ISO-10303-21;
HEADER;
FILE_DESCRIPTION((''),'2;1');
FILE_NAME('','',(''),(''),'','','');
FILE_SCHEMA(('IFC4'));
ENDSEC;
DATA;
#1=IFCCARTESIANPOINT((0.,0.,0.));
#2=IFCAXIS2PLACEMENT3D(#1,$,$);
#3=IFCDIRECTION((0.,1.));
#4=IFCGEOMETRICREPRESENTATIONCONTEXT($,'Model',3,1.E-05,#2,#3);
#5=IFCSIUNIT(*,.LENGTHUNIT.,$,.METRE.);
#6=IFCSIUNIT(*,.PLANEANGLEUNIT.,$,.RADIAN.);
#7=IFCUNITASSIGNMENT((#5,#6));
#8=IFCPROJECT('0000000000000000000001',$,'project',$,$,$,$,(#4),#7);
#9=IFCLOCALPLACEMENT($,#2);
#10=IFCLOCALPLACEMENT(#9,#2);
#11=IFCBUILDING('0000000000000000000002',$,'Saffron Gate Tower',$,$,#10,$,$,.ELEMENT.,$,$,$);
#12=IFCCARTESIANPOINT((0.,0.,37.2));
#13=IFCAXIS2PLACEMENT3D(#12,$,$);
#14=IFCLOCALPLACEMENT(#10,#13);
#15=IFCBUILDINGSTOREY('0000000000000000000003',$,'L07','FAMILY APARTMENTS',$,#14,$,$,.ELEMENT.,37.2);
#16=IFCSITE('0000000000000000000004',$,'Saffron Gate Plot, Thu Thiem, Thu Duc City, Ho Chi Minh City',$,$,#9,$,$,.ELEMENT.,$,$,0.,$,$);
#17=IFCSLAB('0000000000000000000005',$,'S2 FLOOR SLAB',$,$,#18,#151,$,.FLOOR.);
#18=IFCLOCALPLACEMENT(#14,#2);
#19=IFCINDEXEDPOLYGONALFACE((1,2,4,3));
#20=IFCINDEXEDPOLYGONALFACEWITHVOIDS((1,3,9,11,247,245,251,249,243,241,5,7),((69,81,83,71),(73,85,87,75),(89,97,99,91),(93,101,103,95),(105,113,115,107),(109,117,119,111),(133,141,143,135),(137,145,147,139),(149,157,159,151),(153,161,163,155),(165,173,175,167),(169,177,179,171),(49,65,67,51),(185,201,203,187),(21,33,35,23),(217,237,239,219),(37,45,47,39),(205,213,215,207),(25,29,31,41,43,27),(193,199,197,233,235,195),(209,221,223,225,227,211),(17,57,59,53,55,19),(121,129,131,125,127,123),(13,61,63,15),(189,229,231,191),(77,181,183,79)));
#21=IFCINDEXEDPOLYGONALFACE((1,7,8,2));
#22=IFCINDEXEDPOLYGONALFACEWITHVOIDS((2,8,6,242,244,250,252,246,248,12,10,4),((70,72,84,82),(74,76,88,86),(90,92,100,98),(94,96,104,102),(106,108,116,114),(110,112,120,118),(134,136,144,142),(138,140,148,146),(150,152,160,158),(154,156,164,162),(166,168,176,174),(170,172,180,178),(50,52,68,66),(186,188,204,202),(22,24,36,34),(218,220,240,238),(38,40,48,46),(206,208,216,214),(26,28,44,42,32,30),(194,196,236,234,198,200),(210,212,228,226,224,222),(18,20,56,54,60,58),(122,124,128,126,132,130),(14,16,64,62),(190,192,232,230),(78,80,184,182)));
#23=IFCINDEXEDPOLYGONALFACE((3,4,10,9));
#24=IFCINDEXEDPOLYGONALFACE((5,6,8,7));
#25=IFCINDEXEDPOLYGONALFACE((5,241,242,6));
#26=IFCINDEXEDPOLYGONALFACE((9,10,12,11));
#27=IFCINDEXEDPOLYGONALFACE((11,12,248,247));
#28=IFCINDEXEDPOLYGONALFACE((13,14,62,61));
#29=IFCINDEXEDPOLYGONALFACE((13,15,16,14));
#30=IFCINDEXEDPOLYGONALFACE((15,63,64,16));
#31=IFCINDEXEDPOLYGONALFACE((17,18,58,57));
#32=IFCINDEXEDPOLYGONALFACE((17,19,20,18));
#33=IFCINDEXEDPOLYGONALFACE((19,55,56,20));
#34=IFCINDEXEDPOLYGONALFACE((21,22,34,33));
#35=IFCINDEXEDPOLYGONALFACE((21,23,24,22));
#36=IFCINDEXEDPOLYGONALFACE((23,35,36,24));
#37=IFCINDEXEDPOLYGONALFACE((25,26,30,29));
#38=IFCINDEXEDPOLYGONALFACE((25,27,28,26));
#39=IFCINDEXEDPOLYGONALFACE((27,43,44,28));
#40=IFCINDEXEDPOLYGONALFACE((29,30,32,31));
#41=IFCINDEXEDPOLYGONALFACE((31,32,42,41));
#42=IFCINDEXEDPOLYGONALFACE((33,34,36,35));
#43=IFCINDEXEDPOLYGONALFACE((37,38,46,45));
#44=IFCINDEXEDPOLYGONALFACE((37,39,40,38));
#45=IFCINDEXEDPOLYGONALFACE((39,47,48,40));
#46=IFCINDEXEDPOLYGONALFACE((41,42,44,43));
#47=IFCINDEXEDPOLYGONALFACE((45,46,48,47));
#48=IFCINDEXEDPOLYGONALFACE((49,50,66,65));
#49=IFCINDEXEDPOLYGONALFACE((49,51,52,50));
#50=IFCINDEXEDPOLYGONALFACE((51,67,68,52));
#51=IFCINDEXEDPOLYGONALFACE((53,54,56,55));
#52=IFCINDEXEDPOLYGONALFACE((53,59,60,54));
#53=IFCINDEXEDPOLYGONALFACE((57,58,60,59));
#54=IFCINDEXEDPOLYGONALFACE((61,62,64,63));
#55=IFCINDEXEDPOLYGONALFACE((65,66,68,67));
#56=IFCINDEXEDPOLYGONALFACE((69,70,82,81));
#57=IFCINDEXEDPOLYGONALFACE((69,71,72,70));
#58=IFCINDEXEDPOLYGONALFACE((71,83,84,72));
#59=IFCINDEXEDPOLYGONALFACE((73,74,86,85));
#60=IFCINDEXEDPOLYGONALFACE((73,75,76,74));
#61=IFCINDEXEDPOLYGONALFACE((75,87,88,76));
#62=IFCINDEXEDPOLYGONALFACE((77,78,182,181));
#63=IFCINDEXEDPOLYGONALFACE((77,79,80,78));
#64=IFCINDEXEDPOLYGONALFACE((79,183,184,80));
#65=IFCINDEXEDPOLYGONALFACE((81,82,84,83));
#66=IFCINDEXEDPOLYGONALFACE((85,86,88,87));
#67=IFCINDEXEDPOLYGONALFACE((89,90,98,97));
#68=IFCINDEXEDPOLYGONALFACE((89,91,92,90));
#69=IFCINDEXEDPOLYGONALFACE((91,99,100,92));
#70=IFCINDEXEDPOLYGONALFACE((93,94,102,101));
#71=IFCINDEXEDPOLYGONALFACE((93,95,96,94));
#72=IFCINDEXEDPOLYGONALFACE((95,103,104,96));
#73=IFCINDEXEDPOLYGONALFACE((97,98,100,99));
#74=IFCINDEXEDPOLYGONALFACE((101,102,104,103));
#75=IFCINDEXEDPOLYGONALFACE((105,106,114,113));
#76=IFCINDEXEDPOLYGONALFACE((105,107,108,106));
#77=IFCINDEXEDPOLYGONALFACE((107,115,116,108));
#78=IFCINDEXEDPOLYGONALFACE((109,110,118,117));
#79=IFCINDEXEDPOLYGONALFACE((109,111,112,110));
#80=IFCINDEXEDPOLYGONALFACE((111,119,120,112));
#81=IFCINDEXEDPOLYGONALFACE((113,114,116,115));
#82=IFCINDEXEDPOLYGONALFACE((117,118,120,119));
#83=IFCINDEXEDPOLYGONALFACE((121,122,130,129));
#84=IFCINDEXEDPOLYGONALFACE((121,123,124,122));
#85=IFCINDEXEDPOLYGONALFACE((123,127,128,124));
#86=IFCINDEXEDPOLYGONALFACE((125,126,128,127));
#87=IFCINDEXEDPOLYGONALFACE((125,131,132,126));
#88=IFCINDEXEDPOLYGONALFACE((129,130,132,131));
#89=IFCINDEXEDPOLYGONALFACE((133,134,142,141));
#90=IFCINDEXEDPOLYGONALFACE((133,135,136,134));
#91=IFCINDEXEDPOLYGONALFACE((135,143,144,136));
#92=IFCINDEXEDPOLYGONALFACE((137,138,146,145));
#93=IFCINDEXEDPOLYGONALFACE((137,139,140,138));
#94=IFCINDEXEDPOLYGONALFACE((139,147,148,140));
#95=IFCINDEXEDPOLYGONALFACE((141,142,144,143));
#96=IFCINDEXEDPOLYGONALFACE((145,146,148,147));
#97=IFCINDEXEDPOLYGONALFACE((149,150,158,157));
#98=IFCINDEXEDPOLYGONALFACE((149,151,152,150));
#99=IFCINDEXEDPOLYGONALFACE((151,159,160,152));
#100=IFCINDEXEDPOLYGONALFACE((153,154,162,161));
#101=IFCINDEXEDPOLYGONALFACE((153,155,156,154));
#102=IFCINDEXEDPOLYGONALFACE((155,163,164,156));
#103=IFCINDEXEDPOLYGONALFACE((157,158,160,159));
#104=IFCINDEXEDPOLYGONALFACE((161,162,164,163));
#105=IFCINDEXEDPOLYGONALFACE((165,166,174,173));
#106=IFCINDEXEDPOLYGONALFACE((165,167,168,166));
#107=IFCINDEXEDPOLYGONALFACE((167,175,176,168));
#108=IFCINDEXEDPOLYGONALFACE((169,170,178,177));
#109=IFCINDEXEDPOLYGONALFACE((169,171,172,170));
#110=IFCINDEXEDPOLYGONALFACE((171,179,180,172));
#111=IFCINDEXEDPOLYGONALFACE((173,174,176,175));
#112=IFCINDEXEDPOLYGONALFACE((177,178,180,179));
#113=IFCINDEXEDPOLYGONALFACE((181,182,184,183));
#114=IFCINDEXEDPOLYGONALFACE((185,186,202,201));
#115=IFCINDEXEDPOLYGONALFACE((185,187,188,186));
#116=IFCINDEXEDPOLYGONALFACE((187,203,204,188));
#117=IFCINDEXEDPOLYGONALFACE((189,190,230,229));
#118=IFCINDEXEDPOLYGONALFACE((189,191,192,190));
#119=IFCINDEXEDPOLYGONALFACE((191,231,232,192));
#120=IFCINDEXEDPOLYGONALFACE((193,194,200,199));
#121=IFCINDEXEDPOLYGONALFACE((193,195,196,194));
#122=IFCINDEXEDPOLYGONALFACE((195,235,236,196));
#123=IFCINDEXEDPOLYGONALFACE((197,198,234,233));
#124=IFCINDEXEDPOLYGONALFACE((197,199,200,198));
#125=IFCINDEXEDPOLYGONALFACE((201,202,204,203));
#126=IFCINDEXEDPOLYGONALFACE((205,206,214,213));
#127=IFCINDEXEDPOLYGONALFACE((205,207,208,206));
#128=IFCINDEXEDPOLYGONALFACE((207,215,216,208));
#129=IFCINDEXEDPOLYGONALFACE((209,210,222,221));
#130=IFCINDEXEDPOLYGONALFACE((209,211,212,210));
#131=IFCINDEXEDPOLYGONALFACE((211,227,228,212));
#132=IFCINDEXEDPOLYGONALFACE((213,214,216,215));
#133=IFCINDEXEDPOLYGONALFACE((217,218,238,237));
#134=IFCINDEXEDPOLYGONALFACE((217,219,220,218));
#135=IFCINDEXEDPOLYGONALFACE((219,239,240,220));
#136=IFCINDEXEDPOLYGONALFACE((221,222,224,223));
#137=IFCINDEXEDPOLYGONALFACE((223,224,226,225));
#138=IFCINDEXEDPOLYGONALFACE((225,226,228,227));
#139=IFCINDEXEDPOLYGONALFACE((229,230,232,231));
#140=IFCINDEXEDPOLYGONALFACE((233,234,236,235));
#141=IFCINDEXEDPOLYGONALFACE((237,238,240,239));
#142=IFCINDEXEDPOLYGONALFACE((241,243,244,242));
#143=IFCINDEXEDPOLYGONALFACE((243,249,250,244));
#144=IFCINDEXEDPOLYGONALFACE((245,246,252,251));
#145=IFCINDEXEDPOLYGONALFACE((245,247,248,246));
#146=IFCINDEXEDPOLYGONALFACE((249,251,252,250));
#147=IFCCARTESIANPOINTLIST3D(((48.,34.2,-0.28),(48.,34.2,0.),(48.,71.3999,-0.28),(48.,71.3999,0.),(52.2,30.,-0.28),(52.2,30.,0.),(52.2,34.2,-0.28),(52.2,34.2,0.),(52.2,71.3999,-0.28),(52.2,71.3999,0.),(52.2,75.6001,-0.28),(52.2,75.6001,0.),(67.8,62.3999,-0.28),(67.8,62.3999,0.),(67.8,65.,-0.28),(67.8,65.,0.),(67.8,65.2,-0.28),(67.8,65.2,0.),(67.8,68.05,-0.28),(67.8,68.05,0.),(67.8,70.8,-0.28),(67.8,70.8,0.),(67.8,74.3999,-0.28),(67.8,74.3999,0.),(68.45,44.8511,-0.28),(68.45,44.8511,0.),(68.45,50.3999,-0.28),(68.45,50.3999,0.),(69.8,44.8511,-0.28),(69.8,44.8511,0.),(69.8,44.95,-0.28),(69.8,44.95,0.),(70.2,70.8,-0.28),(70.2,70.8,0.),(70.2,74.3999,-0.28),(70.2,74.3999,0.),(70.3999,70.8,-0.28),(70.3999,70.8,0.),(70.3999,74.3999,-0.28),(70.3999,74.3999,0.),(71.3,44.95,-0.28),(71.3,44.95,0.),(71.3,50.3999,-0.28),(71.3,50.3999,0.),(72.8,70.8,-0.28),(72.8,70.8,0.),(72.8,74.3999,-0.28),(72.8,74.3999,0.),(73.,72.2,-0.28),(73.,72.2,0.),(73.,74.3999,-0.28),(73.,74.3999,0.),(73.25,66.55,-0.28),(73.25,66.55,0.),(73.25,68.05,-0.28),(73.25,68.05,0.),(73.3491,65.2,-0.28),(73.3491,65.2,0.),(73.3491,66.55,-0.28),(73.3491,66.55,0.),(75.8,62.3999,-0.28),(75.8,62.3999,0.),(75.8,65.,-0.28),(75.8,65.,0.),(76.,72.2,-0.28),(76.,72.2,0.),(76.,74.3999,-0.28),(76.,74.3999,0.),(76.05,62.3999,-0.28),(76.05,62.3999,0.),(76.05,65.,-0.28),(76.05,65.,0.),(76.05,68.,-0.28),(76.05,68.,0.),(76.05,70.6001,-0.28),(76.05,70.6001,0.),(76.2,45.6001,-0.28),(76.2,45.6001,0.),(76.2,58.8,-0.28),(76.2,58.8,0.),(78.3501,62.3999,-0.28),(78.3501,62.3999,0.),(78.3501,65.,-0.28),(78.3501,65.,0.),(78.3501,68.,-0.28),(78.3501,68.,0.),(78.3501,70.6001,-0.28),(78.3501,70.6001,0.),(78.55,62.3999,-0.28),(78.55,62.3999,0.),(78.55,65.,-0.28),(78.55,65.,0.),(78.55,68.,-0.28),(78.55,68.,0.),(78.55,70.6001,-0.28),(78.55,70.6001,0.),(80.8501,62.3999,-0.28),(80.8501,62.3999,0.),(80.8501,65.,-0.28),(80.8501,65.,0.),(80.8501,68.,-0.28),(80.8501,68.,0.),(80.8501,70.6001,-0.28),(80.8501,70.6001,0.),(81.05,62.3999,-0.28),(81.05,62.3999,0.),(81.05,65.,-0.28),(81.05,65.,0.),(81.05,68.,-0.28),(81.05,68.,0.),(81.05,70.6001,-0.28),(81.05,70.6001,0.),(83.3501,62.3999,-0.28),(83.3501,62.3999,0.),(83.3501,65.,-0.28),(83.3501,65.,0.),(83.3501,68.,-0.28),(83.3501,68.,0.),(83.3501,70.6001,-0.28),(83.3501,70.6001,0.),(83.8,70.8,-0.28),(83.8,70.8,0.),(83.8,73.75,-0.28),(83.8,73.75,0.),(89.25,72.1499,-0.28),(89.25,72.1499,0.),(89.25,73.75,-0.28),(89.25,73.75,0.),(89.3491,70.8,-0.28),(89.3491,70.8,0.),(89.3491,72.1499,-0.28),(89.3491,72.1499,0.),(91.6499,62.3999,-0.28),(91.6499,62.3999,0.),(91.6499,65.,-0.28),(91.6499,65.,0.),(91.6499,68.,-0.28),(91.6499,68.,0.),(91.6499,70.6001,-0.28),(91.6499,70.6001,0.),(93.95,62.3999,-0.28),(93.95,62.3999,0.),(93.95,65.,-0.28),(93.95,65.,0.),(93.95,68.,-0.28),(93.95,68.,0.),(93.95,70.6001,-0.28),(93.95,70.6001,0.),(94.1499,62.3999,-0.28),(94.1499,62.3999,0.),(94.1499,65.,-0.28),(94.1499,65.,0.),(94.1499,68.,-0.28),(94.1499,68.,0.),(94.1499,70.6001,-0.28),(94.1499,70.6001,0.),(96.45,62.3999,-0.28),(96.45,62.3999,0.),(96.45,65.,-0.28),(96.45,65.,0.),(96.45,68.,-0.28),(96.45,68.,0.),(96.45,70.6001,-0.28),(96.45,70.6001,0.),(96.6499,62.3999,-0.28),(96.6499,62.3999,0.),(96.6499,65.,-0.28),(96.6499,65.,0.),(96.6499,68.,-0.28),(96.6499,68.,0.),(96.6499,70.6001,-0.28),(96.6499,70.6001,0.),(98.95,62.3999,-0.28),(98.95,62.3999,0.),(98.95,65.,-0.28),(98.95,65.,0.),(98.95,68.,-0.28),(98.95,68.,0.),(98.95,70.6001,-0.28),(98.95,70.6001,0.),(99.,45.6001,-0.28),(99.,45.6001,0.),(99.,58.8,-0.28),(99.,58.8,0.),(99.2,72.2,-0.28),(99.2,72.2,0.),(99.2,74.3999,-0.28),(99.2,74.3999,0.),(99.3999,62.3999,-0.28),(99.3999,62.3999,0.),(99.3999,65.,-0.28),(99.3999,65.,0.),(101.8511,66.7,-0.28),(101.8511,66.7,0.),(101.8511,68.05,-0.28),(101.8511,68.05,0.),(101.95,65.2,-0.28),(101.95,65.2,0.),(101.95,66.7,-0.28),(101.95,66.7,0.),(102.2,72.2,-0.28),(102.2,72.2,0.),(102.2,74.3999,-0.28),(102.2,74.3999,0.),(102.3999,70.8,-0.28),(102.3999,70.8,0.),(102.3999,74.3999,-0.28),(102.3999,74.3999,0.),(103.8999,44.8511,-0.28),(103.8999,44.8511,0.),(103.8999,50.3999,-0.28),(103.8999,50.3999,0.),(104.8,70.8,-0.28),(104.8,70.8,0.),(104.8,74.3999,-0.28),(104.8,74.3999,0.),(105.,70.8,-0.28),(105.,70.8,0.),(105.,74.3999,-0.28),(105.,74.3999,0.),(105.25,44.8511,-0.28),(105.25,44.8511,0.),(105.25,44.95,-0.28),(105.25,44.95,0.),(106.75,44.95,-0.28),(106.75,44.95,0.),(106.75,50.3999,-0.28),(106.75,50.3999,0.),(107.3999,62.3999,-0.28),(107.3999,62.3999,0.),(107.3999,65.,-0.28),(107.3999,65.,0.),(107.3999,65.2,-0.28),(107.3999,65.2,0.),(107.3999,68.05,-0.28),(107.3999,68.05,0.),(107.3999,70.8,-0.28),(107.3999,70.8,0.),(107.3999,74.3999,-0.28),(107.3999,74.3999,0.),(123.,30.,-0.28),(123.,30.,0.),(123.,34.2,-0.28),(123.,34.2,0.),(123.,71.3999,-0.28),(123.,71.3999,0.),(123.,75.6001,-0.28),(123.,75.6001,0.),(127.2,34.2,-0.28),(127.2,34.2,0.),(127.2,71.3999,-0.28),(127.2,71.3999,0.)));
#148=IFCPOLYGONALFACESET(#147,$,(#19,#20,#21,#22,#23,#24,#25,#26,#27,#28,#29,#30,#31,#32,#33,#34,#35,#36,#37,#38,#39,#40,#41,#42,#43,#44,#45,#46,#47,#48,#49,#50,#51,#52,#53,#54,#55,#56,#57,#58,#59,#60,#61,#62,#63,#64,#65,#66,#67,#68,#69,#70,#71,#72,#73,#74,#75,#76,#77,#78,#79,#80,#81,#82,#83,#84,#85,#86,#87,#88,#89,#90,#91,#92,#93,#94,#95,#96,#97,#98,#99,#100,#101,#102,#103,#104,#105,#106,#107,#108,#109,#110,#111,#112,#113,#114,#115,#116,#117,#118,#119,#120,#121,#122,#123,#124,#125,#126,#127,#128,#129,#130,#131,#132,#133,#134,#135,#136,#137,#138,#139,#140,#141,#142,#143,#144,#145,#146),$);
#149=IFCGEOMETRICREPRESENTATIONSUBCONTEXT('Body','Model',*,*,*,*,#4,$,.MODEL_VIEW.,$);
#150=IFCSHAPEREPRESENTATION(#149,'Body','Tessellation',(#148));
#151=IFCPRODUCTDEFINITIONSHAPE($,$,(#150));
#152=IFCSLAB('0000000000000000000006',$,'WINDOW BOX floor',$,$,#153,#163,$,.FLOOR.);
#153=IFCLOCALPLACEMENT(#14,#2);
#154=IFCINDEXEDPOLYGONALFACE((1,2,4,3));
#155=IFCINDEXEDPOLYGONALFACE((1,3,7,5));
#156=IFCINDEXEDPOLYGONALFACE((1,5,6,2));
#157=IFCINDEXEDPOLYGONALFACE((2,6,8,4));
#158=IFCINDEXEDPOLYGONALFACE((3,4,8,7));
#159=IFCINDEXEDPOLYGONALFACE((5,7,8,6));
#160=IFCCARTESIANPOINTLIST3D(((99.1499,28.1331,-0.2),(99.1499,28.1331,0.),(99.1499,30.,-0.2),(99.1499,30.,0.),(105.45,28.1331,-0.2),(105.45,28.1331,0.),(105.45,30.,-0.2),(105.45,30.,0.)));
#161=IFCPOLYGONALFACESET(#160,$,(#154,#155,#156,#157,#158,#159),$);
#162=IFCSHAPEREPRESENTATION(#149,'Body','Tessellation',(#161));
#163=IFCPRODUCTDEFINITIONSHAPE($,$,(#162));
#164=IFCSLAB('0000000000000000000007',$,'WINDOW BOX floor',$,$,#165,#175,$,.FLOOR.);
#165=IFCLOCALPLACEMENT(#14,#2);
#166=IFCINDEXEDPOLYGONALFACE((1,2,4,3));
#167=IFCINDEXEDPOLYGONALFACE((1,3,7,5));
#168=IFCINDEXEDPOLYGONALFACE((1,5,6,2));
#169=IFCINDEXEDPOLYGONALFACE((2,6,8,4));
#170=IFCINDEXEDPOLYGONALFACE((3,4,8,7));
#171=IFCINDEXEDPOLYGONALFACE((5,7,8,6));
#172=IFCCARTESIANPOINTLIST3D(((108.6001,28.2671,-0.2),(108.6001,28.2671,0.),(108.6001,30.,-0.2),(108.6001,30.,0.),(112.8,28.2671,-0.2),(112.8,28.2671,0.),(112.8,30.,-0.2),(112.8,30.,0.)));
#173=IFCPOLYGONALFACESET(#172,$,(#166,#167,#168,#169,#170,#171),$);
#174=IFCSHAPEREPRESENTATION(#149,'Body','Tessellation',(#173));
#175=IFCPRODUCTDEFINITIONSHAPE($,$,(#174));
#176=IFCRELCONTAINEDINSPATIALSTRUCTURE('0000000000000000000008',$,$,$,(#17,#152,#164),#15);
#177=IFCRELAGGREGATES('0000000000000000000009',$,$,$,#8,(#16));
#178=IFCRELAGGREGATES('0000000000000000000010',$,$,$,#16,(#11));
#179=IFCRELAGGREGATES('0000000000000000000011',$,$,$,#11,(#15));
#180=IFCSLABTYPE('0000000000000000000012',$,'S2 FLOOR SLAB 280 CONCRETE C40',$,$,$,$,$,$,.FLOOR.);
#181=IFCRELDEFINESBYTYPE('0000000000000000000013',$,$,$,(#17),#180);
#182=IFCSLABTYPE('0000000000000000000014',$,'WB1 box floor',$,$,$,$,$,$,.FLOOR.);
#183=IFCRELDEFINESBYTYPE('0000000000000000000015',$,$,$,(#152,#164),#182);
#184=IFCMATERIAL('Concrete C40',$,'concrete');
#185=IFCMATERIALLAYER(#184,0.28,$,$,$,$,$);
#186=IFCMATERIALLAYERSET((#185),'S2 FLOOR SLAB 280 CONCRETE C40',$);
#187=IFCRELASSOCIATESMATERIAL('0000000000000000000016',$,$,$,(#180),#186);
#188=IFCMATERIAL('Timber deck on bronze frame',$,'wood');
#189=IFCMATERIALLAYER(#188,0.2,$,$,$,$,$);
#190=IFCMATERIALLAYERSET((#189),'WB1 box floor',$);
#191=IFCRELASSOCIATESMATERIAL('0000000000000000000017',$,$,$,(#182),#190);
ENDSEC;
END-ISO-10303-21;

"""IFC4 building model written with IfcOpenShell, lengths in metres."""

from ifc_helpers import new_model, si_unit, direction, frame, origin, place, context, subcontext, project, spatial, polyline, outline, extrude, material, layer, layer_set, type_object, element, save


model = new_model("IFC4")

# Units and contexts
model_context = context("Model", 3, precision=1e-05, world=origin(), true_north=direction((0.0, 1.0)))
body_context = subcontext(model_context, "Body", "Model", "MODEL_VIEW")
ifc_project = project(units=[si_unit("LENGTHUNIT", "METRE"), si_unit("PLANEANGLEUNIT", "RADIAN")], contexts=[model_context])

# Site, building, storey
site_placement = place(None, origin())
site = spatial("IfcSite", under=ifc_project, at=site_placement, Name="Saffron Gate Plot, Thu Thiem, Thu Duc City, Ho Chi Minh City", CompositionType="ELEMENT", RefElevation=0.0)
building_placement = place(site_placement, origin())
building = spatial("IfcBuilding", under=site, at=building_placement, Name="Saffron Gate Tower", CompositionType="ELEMENT")
storey_placement = place(building_placement, frame((0.0, 0.0, 37.2)))
storey = spatial("IfcBuildingStorey", under=building, at=storey_placement, Name="L07", Description="FAMILY APARTMENTS", CompositionType="ELEMENT", Elevation=37.2)

# Slabs
ifc_material_1 = material(Name="Concrete C40", Category="concrete")
ifc_layer_1 = layer(ifc_material_1, 0.28)
ifc_layer_set_1 = layer_set([ifc_layer_1], Name="S2 FLOOR SLAB 280 CONCRETE C40")
slab_type_1 = type_object("IfcSlabType", Name="S2 FLOOR SLAB 280 CONCRETE C40", PredefinedType="FLOOR", material=ifc_layer_set_1)
slab_1_placement = place(storey_placement, frame((0.0, 0.0, -0.28)))
element("IfcSlab", 1, at=slab_1_placement, inside=storey, type_object=slab_type_1, Name="S2 FLOOR SLAB", PredefinedType="FLOOR", context=body_context, shape_type="SweptSolid", body=[
    extrude(outline(polyline([(48.0, 34.2), (52.2, 34.2), (52.2, 30.0), (123.0, 30.0), (123.0, 34.2), (127.2, 34.2), (127.2, 71.3999), (123.0, 71.3999), (123.0, 75.6001), (52.2, 75.6001), (52.2, 71.3999), (48.0, 71.3999), (48.0, 34.2)]), holes=[polyline([(67.8, 62.3999), (67.8, 65.0), (75.8, 65.0), (75.8, 62.3999), (67.8, 62.3999)]), polyline([(67.8, 65.2), (67.8, 68.05), (73.25, 68.05), (73.25, 66.55), (73.3491, 66.55), (73.3491, 65.2), (67.8, 65.2)]), polyline([(67.8, 70.8), (67.8, 74.3999), (70.2, 74.3999), (70.2, 70.8), (67.8, 70.8)]), polyline([(68.45, 44.8511), (68.45, 50.3999), (71.3, 50.3999), (71.3, 44.95), (69.8, 44.95), (69.8, 44.8511), (68.45, 44.8511)]), polyline([(70.3999, 70.8), (70.3999, 74.3999), (72.8, 74.3999), (72.8, 70.8), (70.3999, 70.8)]), polyline([(73.0, 72.2), (73.0, 74.3999), (76.0, 74.3999), (76.0, 72.2), (73.0, 72.2)]), polyline([(76.05, 62.3999), (76.05, 65.0), (78.3501, 65.0), (78.3501, 62.3999), (76.05, 62.3999)]), polyline([(76.05, 68.0), (76.05, 70.6001), (78.3501, 70.6001), (78.3501, 68.0), (76.05, 68.0)]), polyline([(76.2, 45.6001), (76.2, 58.8), (99.0, 58.8), (99.0, 45.6001), (76.2, 45.6001)]), polyline([(78.55, 62.3999), (78.55, 65.0), (80.8501, 65.0), (80.8501, 62.3999), (78.55, 62.3999)]), polyline([(78.55, 68.0), (78.55, 70.6001), (80.8501, 70.6001), (80.8501, 68.0), (78.55, 68.0)]), polyline([(81.05, 62.3999), (81.05, 65.0), (83.3501, 65.0), (83.3501, 62.3999), (81.05, 62.3999)]), polyline([(81.05, 68.0), (81.05, 70.6001), (83.3501, 70.6001), (83.3501, 68.0), (81.05, 68.0)]), polyline([(83.8, 70.8), (83.8, 73.75), (89.25, 73.75), (89.25, 72.1499), (89.3491, 72.1499), (89.3491, 70.8), (83.8, 70.8)]), polyline([(91.6499, 62.3999), (91.6499, 65.0), (93.95, 65.0), (93.95, 62.3999), (91.6499, 62.3999)]), polyline([(91.6499, 68.0), (91.6499, 70.6001), (93.95, 70.6001), (93.95, 68.0), (91.6499, 68.0)]), polyline([(94.1499, 62.3999), (94.1499, 65.0), (96.45, 65.0), (96.45, 62.3999), (94.1499, 62.3999)]), polyline([(94.1499, 68.0), (94.1499, 70.6001), (96.45, 70.6001), (96.45, 68.0), (94.1499, 68.0)]), polyline([(96.6499, 62.3999), (96.6499, 65.0), (98.95, 65.0), (98.95, 62.3999), (96.6499, 62.3999)]), polyline([(96.6499, 68.0), (96.6499, 70.6001), (98.95, 70.6001), (98.95, 68.0), (96.6499, 68.0)]), polyline([(99.2, 72.2), (99.2, 74.3999), (102.2, 74.3999), (102.2, 72.2), (99.2, 72.2)]), polyline([(99.3999, 62.3999), (99.3999, 65.0), (107.3999, 65.0), (107.3999, 62.3999), (99.3999, 62.3999)]), polyline([(101.8511, 66.7), (101.8511, 68.05), (107.3999, 68.05), (107.3999, 65.2), (101.95, 65.2), (101.95, 66.7), (101.8511, 66.7)]), polyline([(102.3999, 70.8), (102.3999, 74.3999), (104.8, 74.3999), (104.8, 70.8), (102.3999, 70.8)]), polyline([(103.8999, 44.8511), (103.8999, 50.3999), (106.75, 50.3999), (106.75, 44.95), (105.25, 44.95), (105.25, 44.8511), (103.8999, 44.8511)]), polyline([(105.0, 70.8), (105.0, 74.3999), (107.3999, 74.3999), (107.3999, 70.8), (105.0, 70.8)])]), origin(), (0.0, 0.0, 1.0), 0.28),
])
ifc_material_2 = material(Name="Timber deck on bronze frame", Category="wood")
ifc_layer_2 = layer(ifc_material_2, 0.2)
ifc_layer_set_2 = layer_set([ifc_layer_2], Name="WB1 box floor")
slab_type_2 = type_object("IfcSlabType", Name="WB1 box floor", PredefinedType="FLOOR", material=ifc_layer_set_2)
slab_2_placement = place(storey_placement, frame((0.0, 0.0, -0.2)))
element("IfcSlab", 2, at=slab_2_placement, inside=storey, type_object=slab_type_2, Name="WINDOW BOX floor", PredefinedType="FLOOR", context=body_context, shape_type="SweptSolid", body=[
    extrude(outline(polyline([(99.1499, 30.0), (105.45, 30.0), (105.45, 28.1331), (99.1499, 28.1331), (99.1499, 30.0)])), origin(), (0.0, 0.0, 1.0), 0.2),
])
slab_3_placement = place(storey_placement, frame((0.0, 0.0, -0.2)))
element("IfcSlab", 3, at=slab_3_placement, inside=storey, type_object=slab_type_2, Name="WINDOW BOX floor", PredefinedType="FLOOR", context=body_context, shape_type="SweptSolid", body=[
    extrude(outline(polyline([(108.6001, 30.0), (112.8, 30.0), (112.8, 28.2671), (108.6001, 28.2671), (108.6001, 30.0)])), origin(), (0.0, 0.0, 1.0), 0.2),
])

save(model, "model.ifc")
